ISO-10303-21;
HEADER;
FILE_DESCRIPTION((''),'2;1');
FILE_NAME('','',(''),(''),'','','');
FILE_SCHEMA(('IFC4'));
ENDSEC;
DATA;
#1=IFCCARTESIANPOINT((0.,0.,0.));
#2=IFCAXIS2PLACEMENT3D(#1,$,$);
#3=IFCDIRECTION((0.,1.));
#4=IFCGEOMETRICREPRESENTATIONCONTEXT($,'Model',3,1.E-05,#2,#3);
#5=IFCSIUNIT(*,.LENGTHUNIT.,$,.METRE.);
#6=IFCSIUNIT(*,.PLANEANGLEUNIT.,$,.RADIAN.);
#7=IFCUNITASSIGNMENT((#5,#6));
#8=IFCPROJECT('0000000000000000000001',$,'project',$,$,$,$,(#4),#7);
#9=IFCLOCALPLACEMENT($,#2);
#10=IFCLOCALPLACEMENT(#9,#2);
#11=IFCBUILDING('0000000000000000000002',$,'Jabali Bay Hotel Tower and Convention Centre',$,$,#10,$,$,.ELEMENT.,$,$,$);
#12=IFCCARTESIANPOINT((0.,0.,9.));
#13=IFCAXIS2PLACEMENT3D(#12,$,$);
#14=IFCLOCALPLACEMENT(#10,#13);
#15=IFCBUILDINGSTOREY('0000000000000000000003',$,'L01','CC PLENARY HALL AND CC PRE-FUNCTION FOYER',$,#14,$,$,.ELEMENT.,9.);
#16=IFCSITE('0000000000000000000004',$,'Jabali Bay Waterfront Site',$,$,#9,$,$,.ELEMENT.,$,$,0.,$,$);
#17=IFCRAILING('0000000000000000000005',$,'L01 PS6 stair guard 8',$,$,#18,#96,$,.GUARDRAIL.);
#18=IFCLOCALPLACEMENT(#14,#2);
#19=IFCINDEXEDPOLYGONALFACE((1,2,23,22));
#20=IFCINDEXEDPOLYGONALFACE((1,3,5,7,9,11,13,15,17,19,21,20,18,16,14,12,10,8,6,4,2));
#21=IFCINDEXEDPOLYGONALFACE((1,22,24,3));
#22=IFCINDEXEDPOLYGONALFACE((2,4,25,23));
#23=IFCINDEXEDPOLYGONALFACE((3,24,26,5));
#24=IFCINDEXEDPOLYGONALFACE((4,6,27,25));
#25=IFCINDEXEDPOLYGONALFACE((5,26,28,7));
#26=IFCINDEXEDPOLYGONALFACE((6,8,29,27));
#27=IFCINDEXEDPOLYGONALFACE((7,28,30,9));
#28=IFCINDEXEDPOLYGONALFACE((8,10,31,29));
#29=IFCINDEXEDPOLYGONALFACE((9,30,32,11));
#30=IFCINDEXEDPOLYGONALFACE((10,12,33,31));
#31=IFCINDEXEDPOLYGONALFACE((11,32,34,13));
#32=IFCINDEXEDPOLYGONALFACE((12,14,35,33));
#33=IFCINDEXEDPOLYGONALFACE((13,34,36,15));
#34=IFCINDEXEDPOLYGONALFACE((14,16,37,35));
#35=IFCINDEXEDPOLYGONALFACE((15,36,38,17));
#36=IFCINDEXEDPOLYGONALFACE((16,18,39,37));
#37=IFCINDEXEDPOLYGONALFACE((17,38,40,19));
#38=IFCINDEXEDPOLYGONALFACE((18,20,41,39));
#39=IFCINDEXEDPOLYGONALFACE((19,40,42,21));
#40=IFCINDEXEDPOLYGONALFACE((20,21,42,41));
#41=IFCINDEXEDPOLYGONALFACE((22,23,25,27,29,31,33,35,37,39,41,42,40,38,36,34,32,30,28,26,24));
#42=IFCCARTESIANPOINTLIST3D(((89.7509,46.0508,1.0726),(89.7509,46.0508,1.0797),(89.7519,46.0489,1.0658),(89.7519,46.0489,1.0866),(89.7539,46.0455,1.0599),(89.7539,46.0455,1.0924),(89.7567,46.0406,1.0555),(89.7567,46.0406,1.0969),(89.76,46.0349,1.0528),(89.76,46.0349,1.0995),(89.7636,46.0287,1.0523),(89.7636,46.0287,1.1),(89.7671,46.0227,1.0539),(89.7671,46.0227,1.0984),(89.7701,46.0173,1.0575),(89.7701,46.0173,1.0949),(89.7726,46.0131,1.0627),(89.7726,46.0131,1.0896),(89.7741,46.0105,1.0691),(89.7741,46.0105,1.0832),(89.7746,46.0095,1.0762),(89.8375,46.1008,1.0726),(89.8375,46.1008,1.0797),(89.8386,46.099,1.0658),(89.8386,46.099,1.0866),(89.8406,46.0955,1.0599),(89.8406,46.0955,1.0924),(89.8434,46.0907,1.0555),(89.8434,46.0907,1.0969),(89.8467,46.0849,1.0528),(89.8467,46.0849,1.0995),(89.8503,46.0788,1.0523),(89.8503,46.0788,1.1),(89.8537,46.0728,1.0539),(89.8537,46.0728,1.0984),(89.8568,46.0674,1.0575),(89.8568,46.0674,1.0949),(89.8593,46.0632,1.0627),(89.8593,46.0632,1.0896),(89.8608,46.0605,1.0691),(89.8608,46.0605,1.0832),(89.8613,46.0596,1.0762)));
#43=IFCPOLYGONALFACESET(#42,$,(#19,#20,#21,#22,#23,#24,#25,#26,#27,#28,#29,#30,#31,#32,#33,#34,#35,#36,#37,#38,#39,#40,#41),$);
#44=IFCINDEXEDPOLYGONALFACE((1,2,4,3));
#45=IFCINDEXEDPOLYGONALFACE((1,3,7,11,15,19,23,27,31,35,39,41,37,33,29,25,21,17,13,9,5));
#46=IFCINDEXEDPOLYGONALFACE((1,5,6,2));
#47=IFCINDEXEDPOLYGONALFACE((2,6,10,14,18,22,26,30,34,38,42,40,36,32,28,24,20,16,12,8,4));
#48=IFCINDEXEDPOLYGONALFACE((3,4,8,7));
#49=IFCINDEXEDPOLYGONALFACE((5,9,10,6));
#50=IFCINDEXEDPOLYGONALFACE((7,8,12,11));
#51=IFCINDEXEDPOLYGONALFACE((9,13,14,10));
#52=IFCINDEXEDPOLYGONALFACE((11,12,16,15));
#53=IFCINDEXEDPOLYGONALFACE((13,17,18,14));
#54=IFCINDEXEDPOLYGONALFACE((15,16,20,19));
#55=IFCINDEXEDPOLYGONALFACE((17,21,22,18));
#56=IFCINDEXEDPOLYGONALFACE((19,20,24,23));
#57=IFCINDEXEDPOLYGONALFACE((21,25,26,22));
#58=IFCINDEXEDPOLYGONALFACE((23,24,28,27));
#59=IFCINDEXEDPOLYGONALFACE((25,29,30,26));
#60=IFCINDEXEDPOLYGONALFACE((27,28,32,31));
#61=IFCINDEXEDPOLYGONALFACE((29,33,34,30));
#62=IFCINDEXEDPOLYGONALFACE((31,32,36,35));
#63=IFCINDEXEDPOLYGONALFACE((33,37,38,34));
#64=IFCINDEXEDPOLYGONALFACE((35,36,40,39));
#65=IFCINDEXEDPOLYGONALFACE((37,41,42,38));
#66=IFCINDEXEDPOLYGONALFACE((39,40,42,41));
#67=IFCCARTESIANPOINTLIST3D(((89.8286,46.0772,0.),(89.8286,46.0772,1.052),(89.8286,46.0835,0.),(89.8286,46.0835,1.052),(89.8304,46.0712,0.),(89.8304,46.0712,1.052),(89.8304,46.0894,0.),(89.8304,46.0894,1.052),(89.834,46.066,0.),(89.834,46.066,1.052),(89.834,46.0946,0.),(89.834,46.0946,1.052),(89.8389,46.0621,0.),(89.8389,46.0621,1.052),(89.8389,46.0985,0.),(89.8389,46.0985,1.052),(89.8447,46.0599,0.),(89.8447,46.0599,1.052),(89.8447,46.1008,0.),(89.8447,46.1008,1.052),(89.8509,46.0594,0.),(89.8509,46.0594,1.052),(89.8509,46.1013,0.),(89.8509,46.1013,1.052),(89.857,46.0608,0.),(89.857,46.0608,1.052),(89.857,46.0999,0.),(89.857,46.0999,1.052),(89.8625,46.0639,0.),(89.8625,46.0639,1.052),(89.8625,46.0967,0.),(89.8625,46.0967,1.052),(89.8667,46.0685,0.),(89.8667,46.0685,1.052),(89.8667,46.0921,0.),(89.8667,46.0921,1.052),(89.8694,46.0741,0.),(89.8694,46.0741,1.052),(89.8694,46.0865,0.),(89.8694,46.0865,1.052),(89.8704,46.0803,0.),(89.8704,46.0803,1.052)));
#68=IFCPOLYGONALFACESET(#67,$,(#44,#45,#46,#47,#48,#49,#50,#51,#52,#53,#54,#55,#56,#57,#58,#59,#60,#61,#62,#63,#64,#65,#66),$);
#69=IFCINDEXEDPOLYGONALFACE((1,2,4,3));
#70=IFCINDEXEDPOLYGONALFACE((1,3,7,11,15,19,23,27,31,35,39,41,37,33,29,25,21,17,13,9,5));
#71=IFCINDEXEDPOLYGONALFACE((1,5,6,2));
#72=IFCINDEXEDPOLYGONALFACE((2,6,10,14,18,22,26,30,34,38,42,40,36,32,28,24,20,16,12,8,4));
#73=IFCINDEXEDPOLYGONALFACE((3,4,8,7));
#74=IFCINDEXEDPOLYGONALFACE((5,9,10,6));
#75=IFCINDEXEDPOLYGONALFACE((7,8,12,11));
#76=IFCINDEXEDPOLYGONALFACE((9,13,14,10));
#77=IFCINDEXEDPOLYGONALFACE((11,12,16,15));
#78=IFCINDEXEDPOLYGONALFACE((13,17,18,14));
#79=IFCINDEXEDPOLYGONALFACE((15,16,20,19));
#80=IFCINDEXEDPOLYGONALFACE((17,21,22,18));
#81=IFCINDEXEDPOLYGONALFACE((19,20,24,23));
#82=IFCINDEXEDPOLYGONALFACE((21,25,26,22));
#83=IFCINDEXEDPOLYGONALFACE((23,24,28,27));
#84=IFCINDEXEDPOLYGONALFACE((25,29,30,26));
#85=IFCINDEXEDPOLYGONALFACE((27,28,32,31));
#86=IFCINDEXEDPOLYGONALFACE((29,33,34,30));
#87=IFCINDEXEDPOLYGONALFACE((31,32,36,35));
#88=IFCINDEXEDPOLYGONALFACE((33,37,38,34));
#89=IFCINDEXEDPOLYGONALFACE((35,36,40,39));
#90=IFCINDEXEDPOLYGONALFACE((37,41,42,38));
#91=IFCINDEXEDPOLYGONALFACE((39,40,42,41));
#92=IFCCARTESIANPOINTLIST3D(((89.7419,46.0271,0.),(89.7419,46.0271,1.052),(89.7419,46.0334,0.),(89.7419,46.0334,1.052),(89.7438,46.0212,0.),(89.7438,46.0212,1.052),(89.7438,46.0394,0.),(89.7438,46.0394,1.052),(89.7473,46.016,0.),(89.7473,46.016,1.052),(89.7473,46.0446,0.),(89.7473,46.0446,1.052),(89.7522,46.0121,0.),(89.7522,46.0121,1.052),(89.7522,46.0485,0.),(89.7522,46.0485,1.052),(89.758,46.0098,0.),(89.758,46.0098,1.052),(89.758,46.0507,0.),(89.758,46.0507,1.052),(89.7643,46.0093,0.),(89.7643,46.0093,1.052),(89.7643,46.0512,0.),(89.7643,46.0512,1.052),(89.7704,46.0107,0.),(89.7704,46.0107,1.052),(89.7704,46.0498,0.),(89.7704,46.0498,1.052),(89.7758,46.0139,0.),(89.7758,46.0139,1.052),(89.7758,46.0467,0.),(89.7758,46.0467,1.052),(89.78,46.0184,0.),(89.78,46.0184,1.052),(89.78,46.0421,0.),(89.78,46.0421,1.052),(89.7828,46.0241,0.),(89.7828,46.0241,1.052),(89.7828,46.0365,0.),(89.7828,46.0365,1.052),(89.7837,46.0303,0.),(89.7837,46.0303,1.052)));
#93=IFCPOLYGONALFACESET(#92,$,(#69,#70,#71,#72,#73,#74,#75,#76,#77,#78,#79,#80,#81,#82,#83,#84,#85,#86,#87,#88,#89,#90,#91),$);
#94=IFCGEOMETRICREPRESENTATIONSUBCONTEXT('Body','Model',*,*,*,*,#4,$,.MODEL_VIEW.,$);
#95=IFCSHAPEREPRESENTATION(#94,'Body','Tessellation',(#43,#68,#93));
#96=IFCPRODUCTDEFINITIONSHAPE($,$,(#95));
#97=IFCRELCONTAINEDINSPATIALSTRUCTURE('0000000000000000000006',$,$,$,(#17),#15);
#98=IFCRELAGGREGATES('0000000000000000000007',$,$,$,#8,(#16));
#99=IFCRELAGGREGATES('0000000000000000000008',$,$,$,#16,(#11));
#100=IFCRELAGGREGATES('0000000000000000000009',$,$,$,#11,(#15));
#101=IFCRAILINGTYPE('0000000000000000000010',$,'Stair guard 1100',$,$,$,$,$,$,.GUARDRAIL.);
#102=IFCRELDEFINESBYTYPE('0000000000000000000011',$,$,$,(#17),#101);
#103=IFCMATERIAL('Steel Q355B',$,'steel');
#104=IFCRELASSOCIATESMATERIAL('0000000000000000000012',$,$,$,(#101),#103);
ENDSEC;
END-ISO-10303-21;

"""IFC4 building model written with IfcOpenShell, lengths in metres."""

from ifc_helpers import new_model, si_unit, direction, frame, origin, origin_2d, place, context, subcontext, project, spatial, circle, extrude, material, type_object, element, save


model = new_model("IFC4")

# Units and contexts
model_context = context("Model", 3, precision=1e-05, world=origin(), true_north=direction((0.0, 1.0)))
body_context = subcontext(model_context, "Body", "Model", "MODEL_VIEW")
ifc_project = project(units=[si_unit("LENGTHUNIT", "METRE"), si_unit("PLANEANGLEUNIT", "RADIAN")], contexts=[model_context])

# Site, building, storey
site_placement = place(None, origin())
site = spatial("IfcSite", under=ifc_project, at=site_placement, Name="Jabali Bay Waterfront Site", CompositionType="ELEMENT", RefElevation=0.0)
building_placement = place(site_placement, origin())
building = spatial("IfcBuilding", under=site, at=building_placement, Name="Jabali Bay Hotel Tower and Convention Centre", CompositionType="ELEMENT")
storey_placement = place(building_placement, frame((0.0, 0.0, 9.0)))
storey = spatial("IfcBuildingStorey", under=building, at=storey_placement, Name="L01", Description="CC PLENARY HALL AND CC PRE-FUNCTION FOYER", CompositionType="ELEMENT", Elevation=9.0)

# Railing
ifc_material_1 = material(Name="Steel Q355B", Category="steel")
railing_type_1 = type_object("IfcRailingType", Name="Stair guard 1100", PredefinedType="GUARDRAIL", material=ifc_material_1)
railing_1_placement = place(storey_placement, frame((89.8494, 46.0803, 0.0)))
element("IfcRailing", 1, at=railing_1_placement, inside=storey, type_object=railing_type_1, Name="L01 PS6 stair guard 8", PredefinedType="GUARDRAIL", context=body_context, shape_type="SweptSolid", body=[
    extrude(circle(Radius=0.0239, at=origin_2d()), frame((0.0, 0.0, 1.0762), z_axis=(-0.865982, -0.500074, 0.0), x_axis=(0.500074, -0.865982, 0.0)), (0.0, 0.0, 1.0), 0.1001),
    extrude(circle(Radius=0.021, at=origin_2d()), origin(), (0.0, 0.0, 1.0), 1.052),
    extrude(circle(Radius=0.021, at=origin_2d()), frame((-0.0867, -0.05, 0.0)), (0.0, 0.0, 1.0), 1.052),
])

save(model, "model.ifc")
